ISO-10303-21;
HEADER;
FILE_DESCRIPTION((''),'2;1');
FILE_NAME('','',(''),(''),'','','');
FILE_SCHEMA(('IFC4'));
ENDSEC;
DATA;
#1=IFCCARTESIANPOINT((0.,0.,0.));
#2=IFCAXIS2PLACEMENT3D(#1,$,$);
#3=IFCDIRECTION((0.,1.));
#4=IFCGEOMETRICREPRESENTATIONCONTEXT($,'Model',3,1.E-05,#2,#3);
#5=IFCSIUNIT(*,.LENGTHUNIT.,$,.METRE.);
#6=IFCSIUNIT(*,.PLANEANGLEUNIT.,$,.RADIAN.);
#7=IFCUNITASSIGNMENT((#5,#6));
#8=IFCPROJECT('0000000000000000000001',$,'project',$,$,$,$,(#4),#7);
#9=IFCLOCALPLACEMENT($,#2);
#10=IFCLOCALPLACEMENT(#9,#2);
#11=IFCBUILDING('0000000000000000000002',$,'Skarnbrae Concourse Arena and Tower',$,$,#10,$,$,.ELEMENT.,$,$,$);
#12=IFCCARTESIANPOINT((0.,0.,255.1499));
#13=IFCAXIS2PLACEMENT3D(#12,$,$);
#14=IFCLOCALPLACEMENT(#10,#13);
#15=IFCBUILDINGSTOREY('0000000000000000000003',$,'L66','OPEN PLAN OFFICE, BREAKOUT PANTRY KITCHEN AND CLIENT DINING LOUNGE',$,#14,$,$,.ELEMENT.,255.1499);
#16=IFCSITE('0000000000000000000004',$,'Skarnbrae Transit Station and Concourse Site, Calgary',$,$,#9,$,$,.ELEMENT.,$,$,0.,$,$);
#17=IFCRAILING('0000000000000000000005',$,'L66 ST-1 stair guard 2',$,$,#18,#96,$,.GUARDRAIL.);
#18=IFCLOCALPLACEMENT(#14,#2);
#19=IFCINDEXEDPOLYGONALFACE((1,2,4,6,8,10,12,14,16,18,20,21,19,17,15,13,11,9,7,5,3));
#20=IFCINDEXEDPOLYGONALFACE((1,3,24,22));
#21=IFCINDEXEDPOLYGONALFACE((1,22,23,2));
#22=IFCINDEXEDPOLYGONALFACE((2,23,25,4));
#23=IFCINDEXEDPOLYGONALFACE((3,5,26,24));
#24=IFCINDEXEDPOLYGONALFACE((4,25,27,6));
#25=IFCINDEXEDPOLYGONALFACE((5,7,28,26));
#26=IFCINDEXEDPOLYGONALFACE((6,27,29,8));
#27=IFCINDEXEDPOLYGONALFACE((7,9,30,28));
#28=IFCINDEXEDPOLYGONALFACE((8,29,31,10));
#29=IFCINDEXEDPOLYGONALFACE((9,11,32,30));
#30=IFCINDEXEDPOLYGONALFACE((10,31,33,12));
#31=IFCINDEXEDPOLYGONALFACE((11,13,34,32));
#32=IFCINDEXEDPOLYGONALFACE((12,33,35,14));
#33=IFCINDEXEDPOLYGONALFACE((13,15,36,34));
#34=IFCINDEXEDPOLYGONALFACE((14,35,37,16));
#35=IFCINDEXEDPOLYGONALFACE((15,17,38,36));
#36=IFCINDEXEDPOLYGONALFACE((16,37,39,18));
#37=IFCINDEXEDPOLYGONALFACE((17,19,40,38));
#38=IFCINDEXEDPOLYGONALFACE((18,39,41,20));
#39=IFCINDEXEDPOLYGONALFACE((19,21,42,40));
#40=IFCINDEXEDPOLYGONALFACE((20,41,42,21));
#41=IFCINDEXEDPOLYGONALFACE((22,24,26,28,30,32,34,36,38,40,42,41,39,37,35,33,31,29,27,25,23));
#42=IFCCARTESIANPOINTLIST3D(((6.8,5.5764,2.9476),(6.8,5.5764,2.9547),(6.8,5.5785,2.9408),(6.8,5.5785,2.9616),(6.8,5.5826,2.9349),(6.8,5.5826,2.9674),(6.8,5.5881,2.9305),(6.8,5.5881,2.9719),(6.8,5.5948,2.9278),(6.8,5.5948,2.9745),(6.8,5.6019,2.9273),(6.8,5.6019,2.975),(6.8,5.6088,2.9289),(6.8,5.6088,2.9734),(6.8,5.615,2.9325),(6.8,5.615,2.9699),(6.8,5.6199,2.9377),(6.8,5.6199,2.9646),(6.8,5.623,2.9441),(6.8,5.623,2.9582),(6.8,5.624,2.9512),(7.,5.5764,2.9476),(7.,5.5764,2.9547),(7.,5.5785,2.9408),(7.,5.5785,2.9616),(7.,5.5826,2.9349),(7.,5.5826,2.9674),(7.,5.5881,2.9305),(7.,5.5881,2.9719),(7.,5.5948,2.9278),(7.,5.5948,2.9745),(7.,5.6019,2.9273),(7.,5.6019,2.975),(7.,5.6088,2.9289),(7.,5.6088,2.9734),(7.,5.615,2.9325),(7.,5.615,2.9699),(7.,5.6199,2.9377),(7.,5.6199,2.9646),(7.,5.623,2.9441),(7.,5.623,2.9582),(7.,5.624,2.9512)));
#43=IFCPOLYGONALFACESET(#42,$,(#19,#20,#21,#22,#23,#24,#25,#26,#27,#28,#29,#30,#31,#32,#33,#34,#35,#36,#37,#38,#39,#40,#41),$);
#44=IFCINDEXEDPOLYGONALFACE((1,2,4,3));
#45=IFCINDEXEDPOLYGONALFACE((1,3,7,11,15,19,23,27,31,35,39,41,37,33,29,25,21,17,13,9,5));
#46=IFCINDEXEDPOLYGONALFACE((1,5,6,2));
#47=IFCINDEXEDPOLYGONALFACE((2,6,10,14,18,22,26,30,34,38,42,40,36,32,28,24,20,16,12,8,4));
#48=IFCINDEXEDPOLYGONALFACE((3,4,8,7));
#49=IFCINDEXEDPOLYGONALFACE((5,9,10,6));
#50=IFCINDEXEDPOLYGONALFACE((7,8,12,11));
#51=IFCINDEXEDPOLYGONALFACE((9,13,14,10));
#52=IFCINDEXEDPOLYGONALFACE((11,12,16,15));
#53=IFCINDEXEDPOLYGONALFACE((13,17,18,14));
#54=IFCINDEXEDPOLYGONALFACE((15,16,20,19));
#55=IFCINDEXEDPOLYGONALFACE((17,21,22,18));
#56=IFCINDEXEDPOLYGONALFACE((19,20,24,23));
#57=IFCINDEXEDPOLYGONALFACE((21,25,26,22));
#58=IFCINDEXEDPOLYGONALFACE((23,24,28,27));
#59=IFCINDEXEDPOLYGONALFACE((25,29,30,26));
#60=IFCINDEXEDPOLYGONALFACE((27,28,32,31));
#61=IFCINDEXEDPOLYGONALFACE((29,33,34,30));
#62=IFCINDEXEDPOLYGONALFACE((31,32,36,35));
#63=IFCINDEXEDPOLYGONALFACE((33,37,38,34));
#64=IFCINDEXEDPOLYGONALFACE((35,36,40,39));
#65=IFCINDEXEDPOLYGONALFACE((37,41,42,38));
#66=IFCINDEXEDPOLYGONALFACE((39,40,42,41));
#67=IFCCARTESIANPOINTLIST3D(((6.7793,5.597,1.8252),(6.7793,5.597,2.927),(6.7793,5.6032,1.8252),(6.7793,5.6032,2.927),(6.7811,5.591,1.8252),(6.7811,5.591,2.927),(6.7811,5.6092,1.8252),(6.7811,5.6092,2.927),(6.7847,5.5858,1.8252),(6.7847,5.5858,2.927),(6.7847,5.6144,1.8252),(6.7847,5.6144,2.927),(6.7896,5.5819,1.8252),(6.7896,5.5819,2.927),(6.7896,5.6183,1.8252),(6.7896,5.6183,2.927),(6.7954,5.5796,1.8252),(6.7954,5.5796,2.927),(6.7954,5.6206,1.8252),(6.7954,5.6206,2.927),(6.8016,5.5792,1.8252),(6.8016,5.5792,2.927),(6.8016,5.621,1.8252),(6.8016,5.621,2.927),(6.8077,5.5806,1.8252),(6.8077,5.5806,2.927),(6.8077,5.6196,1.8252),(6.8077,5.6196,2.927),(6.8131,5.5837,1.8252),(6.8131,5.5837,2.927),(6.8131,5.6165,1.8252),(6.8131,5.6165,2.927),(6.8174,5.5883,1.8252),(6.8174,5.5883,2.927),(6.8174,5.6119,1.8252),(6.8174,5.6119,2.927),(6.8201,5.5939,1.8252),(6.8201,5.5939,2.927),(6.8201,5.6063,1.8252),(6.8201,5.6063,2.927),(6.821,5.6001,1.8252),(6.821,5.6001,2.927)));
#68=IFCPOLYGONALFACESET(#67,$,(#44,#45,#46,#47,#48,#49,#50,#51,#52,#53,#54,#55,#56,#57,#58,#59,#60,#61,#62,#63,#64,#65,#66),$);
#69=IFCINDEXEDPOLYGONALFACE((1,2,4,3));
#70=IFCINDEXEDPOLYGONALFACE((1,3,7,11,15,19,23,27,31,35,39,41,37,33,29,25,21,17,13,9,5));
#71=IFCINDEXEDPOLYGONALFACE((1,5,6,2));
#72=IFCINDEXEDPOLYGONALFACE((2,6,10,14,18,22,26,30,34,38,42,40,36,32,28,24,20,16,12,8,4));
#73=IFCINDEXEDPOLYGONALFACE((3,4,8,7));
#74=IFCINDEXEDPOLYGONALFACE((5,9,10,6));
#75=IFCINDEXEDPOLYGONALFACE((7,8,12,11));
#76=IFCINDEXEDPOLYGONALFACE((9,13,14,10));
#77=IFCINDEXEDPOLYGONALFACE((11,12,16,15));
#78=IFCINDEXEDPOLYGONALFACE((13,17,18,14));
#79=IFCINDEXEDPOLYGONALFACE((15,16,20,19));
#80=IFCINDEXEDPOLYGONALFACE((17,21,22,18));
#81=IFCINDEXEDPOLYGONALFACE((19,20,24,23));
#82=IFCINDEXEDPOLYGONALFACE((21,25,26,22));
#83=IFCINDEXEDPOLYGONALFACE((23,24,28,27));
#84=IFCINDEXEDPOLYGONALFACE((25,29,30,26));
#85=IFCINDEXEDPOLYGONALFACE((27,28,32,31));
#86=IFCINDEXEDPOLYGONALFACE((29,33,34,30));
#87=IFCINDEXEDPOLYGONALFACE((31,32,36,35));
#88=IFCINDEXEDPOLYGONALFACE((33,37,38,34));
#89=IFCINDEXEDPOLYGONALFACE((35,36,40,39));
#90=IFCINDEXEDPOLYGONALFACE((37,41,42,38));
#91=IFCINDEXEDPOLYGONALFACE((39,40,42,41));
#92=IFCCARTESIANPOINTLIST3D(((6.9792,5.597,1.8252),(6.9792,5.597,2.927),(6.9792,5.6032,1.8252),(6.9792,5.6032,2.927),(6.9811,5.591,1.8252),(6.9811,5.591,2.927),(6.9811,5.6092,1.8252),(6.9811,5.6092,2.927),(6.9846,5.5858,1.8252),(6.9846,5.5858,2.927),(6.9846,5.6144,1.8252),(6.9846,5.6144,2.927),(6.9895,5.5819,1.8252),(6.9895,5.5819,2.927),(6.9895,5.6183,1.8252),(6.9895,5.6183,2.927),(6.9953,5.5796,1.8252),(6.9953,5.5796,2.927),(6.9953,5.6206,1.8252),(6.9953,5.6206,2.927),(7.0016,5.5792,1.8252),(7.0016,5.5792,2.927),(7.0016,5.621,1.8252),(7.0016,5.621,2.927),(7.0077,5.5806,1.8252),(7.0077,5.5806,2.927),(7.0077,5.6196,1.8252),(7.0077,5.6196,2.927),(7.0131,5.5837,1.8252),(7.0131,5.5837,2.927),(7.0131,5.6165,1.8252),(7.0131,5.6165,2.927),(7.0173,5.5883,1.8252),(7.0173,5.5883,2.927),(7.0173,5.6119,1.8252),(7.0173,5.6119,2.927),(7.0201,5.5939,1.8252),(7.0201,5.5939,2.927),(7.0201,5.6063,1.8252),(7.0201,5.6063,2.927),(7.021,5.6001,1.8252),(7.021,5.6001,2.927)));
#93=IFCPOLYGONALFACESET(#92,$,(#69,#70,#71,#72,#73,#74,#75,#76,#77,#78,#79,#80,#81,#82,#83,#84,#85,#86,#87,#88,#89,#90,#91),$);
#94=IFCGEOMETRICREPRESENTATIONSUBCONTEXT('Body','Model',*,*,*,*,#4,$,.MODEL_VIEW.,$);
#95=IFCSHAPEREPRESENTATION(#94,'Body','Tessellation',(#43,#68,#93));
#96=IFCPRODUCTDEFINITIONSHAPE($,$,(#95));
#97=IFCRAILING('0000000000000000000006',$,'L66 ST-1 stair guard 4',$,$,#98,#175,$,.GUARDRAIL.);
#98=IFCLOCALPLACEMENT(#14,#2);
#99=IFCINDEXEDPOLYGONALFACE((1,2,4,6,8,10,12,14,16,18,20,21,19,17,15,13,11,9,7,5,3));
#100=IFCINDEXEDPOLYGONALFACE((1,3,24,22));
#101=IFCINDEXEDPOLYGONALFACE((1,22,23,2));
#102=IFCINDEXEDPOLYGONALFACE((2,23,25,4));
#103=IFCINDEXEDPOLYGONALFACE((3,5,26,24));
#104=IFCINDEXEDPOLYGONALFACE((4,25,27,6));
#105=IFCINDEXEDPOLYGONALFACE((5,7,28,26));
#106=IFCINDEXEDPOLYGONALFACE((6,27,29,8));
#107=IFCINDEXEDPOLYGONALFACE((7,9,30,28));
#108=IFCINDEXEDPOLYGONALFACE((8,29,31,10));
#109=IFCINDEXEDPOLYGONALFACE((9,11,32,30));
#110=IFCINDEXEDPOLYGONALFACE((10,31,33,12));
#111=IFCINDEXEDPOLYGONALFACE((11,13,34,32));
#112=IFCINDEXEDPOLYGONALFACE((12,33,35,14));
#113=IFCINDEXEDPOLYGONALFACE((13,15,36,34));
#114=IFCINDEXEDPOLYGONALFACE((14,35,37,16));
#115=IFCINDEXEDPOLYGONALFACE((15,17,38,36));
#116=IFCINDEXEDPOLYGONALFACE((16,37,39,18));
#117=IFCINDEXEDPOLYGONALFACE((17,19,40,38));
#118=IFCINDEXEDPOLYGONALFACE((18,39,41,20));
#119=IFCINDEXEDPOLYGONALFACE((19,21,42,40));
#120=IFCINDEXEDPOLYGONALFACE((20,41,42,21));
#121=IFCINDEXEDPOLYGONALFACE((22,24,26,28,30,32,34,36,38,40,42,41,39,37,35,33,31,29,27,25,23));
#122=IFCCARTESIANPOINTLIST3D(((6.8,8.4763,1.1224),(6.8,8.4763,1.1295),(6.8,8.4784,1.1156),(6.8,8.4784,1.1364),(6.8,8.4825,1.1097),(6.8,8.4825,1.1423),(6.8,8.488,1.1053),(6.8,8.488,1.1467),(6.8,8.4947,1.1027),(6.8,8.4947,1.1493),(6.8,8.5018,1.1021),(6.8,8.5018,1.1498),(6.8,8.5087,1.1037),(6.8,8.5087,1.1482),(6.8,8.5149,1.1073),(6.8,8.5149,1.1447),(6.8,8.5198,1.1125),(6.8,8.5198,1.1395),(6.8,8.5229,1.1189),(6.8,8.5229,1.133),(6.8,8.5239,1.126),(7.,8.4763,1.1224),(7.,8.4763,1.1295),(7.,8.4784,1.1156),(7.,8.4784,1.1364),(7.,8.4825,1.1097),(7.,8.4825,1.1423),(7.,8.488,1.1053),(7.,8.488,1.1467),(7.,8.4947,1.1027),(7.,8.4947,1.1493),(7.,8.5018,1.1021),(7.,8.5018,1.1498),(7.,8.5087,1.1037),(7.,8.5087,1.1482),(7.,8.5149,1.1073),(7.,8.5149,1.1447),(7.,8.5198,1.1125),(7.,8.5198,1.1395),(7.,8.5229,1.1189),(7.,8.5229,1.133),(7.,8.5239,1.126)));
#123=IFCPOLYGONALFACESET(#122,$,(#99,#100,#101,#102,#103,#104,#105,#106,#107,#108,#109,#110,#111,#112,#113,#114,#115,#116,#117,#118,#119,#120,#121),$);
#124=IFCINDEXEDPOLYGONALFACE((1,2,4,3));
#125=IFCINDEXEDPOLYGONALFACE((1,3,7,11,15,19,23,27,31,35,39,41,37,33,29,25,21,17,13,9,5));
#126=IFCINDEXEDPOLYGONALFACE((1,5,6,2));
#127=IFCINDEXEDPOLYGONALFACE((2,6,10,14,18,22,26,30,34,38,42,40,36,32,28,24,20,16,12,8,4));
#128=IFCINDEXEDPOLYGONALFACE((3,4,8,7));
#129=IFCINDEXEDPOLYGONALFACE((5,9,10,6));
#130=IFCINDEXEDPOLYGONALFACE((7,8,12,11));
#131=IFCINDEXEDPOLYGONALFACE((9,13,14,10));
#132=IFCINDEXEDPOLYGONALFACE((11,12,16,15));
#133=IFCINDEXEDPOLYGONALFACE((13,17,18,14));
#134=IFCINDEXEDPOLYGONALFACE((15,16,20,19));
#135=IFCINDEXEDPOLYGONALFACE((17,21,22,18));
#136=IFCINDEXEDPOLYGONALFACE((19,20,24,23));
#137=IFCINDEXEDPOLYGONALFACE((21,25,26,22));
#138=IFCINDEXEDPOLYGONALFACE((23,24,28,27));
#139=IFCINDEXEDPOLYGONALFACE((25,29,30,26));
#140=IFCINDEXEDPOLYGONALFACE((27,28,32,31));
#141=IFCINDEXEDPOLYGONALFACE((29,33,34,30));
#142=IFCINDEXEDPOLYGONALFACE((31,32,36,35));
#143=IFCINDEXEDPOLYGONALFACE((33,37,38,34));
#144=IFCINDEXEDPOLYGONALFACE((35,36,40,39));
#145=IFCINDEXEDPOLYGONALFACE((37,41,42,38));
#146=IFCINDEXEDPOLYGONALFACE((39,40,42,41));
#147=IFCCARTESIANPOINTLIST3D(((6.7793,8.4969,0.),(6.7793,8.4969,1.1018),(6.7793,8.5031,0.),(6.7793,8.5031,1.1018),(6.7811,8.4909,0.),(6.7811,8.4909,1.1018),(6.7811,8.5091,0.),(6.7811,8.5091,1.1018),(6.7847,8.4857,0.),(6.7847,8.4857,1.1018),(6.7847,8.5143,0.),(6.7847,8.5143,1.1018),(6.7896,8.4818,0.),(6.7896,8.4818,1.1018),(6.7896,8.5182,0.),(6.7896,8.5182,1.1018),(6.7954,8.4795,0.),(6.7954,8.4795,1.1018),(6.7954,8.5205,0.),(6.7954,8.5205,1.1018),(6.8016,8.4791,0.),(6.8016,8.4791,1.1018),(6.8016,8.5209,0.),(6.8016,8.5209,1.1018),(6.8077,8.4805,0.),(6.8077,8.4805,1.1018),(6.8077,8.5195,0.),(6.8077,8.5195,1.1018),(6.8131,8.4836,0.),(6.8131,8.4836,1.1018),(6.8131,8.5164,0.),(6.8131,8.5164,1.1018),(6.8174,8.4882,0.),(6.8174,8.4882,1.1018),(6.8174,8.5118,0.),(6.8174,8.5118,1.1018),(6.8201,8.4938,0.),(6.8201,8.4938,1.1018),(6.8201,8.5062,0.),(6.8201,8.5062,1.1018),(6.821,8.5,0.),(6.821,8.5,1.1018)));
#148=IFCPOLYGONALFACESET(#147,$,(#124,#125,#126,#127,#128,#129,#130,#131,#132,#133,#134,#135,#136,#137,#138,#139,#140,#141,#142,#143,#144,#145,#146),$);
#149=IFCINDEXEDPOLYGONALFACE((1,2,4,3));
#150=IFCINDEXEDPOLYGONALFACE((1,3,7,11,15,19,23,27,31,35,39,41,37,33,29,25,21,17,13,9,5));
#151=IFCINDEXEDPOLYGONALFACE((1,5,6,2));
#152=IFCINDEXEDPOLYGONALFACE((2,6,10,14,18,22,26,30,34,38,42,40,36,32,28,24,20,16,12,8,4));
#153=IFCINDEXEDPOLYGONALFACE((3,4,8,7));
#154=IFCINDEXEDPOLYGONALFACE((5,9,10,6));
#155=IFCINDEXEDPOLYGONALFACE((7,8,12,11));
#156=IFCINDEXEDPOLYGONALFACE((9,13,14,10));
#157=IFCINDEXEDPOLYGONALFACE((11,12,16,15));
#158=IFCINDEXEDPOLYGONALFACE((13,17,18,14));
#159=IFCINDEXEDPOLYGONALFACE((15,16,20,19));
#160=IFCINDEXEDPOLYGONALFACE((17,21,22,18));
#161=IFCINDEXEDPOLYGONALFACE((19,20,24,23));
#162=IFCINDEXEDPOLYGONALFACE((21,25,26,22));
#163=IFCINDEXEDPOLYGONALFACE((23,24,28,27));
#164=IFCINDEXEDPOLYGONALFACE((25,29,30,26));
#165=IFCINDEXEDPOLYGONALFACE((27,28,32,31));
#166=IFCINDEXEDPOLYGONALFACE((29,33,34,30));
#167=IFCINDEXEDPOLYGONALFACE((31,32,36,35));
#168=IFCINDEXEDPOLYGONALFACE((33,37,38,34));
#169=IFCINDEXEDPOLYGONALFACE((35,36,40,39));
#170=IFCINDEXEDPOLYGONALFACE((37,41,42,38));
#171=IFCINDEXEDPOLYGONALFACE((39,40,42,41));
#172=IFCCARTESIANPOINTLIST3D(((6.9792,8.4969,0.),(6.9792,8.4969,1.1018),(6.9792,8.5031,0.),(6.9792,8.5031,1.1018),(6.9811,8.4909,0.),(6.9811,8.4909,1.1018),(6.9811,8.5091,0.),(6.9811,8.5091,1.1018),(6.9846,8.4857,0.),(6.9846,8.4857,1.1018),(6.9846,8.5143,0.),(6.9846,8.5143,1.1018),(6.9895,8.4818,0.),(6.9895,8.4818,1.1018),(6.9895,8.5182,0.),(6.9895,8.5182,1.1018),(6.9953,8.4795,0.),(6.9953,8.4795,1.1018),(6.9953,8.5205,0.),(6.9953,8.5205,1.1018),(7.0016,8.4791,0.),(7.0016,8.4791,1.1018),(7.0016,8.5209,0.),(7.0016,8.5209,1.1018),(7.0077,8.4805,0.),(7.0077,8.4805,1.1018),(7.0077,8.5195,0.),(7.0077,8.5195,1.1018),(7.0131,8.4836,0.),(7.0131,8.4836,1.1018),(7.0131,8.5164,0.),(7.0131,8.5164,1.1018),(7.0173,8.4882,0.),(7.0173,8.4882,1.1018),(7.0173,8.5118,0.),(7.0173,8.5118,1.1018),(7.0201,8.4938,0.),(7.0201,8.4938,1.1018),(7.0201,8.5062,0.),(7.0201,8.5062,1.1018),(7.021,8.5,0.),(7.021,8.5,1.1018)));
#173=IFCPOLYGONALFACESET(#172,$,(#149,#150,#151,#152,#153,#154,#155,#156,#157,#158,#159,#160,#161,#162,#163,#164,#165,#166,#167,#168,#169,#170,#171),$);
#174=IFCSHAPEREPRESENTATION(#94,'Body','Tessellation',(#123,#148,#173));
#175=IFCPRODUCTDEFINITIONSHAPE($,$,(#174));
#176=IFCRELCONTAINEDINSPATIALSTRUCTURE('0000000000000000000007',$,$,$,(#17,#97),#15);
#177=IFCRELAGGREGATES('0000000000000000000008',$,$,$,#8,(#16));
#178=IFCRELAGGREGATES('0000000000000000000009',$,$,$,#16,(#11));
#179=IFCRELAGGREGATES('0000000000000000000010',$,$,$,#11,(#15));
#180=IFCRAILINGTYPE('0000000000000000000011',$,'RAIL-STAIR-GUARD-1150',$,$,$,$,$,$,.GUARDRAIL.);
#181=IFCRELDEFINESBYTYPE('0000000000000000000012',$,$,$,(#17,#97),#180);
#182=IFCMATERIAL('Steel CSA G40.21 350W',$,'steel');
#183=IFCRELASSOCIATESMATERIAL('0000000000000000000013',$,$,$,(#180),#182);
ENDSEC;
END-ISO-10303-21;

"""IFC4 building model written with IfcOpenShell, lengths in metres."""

from ifc_helpers import new_model, si_unit, direction, frame, origin, origin_2d, place, context, subcontext, project, spatial, circle, extrude, material, type_object, element, save


model = new_model("IFC4")

# Units and contexts
model_context = context("Model", 3, precision=1e-05, world=origin(), true_north=direction((0.0, 1.0)))
body_context = subcontext(model_context, "Body", "Model", "MODEL_VIEW")
ifc_project = project(units=[si_unit("LENGTHUNIT", "METRE"), si_unit("PLANEANGLEUNIT", "RADIAN")], contexts=[model_context])

# Site, building, storey
site_placement = place(None, origin())
site = spatial("IfcSite", under=ifc_project, at=site_placement, Name="Skarnbrae Transit Station and Concourse Site, Calgary", CompositionType="ELEMENT", RefElevation=0.0)
building_placement = place(site_placement, origin())
building = spatial("IfcBuilding", under=site, at=building_placement, Name="Skarnbrae Concourse Arena and Tower", CompositionType="ELEMENT")
storey_placement = place(building_placement, frame((0.0, 0.0, 255.1499)))
storey = spatial("IfcBuildingStorey", under=building, at=storey_placement, Name="L66", Description="OPEN PLAN OFFICE, BREAKOUT PANTRY KITCHEN AND CLIENT DINING LOUNGE", CompositionType="ELEMENT", Elevation=255.1499)

# Shared definitions
ifc_material_1 = material(Name="Steel CSA G40.21 350W", Category="steel")

# Railings
railing_type_1 = type_object("IfcRailingType", Name="RAIL-STAIR-GUARD-1150", PredefinedType="GUARDRAIL", material=ifc_material_1)
for number, where, name in (
    (1, (6.8, 5.6001, 1.8252), "L66 ST-1 stair guard 2"),
    (2, (6.8, 8.5, 0.0), "L66 ST-1 stair guard 4"),
):
    element("IfcRailing", number, at=place(storey_placement, frame(where)), inside=storey, type_object=railing_type_1, Name=name, PredefinedType="GUARDRAIL", context=body_context, shape_type="SweptSolid", body=[
        extrude(circle(Radius=0.0239, at=origin_2d()), frame((0.0, 0.0, 1.126), z_axis=(1.0, 0.0, 0.0), x_axis=(0.0, 1.0, 0.0)), (0.0, 0.0, 1.0), 0.2),
        extrude(circle(Radius=0.021, at=origin_2d()), origin(), (0.0, 0.0, 1.0), 1.1018),
        extrude(circle(Radius=0.021, at=origin_2d()), frame((0.2, 0.0, 0.0)), (0.0, 0.0, 1.0), 1.1018),
    ])

save(model, "model.ifc")
